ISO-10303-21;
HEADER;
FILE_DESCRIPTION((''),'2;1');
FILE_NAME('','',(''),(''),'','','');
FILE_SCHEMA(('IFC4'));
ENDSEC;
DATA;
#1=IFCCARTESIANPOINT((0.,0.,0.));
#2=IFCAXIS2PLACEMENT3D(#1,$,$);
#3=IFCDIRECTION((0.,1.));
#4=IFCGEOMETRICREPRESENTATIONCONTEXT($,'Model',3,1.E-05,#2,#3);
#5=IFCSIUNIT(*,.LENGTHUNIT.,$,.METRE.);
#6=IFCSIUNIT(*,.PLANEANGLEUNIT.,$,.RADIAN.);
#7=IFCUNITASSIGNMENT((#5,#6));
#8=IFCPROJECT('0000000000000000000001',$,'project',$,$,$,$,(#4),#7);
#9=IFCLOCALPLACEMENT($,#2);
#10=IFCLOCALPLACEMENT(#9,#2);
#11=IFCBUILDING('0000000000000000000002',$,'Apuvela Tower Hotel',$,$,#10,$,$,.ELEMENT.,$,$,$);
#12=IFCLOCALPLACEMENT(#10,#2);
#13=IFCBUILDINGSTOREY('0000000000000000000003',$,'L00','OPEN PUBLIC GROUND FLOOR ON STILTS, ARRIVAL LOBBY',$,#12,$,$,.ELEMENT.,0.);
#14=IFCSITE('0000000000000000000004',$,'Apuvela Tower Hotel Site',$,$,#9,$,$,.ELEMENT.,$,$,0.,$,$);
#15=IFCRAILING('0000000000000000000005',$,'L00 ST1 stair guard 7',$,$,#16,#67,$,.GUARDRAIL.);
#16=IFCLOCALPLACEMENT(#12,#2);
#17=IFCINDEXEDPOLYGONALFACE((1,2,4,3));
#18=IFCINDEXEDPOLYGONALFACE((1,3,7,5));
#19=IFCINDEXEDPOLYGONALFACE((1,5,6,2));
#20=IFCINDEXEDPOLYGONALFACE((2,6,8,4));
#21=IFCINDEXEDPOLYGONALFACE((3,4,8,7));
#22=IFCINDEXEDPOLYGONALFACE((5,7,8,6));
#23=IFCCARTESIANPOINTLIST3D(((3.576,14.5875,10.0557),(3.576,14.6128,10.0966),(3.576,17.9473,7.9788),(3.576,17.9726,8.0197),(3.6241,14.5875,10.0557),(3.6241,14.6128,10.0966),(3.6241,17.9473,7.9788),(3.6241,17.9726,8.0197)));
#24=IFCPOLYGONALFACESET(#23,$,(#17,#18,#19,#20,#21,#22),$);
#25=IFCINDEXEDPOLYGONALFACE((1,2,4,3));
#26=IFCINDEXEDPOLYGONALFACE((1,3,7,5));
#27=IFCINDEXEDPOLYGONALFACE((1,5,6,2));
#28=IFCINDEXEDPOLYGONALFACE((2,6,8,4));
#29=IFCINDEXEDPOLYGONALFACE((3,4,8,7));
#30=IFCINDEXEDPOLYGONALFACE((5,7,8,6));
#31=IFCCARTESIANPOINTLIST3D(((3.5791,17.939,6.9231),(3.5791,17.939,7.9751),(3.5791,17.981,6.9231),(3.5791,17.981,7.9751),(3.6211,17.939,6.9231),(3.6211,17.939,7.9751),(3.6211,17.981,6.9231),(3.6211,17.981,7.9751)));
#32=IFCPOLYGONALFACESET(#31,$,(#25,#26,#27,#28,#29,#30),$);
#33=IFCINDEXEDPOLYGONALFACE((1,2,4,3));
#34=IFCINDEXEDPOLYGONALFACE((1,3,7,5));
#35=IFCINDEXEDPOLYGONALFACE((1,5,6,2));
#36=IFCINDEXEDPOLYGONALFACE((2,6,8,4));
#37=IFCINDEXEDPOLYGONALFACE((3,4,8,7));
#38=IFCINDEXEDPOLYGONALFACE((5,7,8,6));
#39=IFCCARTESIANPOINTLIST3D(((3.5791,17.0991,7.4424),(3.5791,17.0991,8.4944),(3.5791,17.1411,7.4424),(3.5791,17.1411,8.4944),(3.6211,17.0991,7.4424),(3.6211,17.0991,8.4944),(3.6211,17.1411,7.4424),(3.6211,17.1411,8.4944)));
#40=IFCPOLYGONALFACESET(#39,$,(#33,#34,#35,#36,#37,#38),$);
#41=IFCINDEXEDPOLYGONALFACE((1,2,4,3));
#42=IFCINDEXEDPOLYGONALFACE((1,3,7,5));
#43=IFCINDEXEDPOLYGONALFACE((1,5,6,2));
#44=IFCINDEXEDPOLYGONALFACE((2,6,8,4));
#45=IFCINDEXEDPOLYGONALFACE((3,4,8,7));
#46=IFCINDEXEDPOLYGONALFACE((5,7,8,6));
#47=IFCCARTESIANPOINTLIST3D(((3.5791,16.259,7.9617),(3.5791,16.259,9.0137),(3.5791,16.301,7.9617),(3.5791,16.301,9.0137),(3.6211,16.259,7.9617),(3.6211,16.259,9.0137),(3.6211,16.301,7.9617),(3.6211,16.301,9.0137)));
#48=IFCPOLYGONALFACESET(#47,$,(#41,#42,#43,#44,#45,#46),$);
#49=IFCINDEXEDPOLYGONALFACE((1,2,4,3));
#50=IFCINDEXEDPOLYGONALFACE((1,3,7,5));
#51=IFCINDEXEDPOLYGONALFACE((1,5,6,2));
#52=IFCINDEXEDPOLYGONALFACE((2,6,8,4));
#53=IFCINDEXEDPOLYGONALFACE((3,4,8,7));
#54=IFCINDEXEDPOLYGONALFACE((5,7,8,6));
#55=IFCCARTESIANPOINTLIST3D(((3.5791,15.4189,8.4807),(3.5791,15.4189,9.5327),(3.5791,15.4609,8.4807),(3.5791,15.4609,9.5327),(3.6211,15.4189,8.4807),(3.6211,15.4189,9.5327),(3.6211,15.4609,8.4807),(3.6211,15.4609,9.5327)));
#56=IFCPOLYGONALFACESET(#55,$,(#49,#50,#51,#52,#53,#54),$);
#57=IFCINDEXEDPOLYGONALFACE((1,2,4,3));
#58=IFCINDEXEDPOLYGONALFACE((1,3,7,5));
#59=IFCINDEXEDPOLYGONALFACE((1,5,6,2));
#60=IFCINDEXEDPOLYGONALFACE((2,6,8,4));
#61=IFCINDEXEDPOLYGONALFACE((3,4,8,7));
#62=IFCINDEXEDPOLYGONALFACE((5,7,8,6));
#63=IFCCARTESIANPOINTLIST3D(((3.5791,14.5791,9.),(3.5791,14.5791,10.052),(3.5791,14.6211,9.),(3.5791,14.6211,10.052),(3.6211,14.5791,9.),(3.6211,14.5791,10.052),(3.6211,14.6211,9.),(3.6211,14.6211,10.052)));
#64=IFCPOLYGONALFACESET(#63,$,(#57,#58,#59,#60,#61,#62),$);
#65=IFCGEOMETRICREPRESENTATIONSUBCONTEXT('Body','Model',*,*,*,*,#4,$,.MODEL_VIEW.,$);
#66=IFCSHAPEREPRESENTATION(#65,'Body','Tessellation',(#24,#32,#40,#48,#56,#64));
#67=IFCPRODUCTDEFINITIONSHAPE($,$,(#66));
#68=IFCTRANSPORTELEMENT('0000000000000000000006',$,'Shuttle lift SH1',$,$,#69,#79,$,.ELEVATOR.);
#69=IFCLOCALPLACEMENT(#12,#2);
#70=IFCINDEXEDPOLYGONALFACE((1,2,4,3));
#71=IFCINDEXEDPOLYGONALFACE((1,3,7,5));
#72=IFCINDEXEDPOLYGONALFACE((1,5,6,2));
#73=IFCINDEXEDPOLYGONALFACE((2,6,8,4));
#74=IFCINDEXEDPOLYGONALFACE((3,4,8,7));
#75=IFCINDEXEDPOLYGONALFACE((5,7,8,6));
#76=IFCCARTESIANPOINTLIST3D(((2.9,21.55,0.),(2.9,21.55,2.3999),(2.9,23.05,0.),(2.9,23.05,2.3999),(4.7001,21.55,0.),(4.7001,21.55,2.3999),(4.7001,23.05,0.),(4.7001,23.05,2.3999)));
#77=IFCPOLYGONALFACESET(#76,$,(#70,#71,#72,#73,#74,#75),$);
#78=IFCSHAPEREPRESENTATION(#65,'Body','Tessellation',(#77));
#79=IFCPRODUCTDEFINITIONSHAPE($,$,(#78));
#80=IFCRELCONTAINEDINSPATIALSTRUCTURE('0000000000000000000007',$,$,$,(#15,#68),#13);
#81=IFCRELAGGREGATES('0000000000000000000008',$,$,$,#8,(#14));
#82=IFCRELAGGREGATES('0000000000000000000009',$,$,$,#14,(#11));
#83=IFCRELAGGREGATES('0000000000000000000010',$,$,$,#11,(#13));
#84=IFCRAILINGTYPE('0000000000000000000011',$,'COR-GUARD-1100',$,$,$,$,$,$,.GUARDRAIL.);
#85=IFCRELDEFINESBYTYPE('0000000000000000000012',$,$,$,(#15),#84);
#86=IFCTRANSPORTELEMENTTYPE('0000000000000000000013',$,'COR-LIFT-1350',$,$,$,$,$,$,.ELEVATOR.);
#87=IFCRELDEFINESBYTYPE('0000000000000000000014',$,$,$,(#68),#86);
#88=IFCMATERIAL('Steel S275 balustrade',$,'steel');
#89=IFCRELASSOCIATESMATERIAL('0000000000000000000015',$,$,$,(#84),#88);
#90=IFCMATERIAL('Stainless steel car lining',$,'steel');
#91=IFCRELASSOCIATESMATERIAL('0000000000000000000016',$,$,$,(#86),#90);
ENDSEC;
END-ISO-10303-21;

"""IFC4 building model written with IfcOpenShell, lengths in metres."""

from ifc_helpers import new_model, si_unit, direction, frame, origin, origin_2d, place, context, subcontext, project, spatial, rectangle, extrude, material, type_object, element, save


model = new_model("IFC4")

# Units and contexts
model_context = context("Model", 3, precision=1e-05, world=origin(), true_north=direction((0.0, 1.0)))
body_context = subcontext(model_context, "Body", "Model", "MODEL_VIEW")
ifc_project = project(units=[si_unit("LENGTHUNIT", "METRE"), si_unit("PLANEANGLEUNIT", "RADIAN")], contexts=[model_context])

# Site, building, storey
site_placement = place(None, origin())
site = spatial("IfcSite", under=ifc_project, at=site_placement, Name="Apuvela Tower Hotel Site", CompositionType="ELEMENT", RefElevation=0.0)
building_placement = place(site_placement, origin())
building = spatial("IfcBuilding", under=site, at=building_placement, Name="Apuvela Tower Hotel", CompositionType="ELEMENT")
storey_placement = place(building_placement, origin())
storey = spatial("IfcBuildingStorey", under=building, at=storey_placement, Name="L00", Description="OPEN PUBLIC GROUND FLOOR ON STILTS, ARRIVAL LOBBY", CompositionType="ELEMENT", Elevation=0.0)

# Railing
ifc_material_1 = material(Name="Steel S275 balustrade", Category="steel")
railing_type = type_object("IfcRailingType", Name="COR-GUARD-1100", PredefinedType="GUARDRAIL", material=ifc_material_1)
railing_1_placement = place(storey_placement, frame((3.6001, 17.96, 6.9231)))
element("IfcRailing", 1, at=railing_1_placement, inside=storey, type_object=railing_type, Name="L00 ST1 stair guard 7", PredefinedType="GUARDRAIL", context=body_context, shape_type="SweptSolid", body=[
    extrude(rectangle(XDim=0.0481, YDim=0.0481, at=origin_2d()), frame((0.0, 0.0, 1.0762), z_axis=(0.0, -0.850606, 0.525803), x_axis=(1.0, 0.0, 0.0)), (0.0, 0.0, 1.0), 3.95),
    extrude(rectangle(XDim=0.042, YDim=0.042, at=origin_2d()), origin(), (0.0, 0.0, 1.0), 1.052),
    extrude(rectangle(XDim=0.042, YDim=0.042, at=origin_2d()), frame((0.0, -0.8398, 0.5193)), (0.0, 0.0, 1.0), 1.052),
    extrude(rectangle(XDim=0.042, YDim=0.042, at=origin_2d()), frame((0.0, -1.6799, 1.0386)), (0.0, 0.0, 1.0), 1.052),
    extrude(rectangle(XDim=0.042, YDim=0.042, at=origin_2d()), frame((0.0, -2.52, 1.5576)), (0.0, 0.0, 1.0), 1.052),
    extrude(rectangle(XDim=0.042, YDim=0.042, at=origin_2d()), frame((0.0, -3.3599, 2.0769)), (0.0, 0.0, 1.0), 1.052),
])

# Transport element
ifc_material_2 = material(Name="Stainless steel car lining", Category="steel")
transport_element_type = type_object("IfcTransportElementType", Name="COR-LIFT-1350", PredefinedType="ELEVATOR", material=ifc_material_2)
transport_element_placement = place(storey_placement, frame((3.8, 22.3, 0.0), z_axis=(0.0, 0.0, 1.0), x_axis=(0.0, 1.0, 0.0)))
element("IfcTransportElement", 2, at=transport_element_placement, inside=storey, type_object=transport_element_type, Name="Shuttle lift SH1", PredefinedType="ELEVATOR", context=body_context, shape_type="SweptSolid", body=[
    extrude(rectangle(XDim=1.5, YDim=1.8, at=origin_2d()), origin(), (0.0, 0.0, 1.0), 2.3999),
])

save(model, "model.ifc")
